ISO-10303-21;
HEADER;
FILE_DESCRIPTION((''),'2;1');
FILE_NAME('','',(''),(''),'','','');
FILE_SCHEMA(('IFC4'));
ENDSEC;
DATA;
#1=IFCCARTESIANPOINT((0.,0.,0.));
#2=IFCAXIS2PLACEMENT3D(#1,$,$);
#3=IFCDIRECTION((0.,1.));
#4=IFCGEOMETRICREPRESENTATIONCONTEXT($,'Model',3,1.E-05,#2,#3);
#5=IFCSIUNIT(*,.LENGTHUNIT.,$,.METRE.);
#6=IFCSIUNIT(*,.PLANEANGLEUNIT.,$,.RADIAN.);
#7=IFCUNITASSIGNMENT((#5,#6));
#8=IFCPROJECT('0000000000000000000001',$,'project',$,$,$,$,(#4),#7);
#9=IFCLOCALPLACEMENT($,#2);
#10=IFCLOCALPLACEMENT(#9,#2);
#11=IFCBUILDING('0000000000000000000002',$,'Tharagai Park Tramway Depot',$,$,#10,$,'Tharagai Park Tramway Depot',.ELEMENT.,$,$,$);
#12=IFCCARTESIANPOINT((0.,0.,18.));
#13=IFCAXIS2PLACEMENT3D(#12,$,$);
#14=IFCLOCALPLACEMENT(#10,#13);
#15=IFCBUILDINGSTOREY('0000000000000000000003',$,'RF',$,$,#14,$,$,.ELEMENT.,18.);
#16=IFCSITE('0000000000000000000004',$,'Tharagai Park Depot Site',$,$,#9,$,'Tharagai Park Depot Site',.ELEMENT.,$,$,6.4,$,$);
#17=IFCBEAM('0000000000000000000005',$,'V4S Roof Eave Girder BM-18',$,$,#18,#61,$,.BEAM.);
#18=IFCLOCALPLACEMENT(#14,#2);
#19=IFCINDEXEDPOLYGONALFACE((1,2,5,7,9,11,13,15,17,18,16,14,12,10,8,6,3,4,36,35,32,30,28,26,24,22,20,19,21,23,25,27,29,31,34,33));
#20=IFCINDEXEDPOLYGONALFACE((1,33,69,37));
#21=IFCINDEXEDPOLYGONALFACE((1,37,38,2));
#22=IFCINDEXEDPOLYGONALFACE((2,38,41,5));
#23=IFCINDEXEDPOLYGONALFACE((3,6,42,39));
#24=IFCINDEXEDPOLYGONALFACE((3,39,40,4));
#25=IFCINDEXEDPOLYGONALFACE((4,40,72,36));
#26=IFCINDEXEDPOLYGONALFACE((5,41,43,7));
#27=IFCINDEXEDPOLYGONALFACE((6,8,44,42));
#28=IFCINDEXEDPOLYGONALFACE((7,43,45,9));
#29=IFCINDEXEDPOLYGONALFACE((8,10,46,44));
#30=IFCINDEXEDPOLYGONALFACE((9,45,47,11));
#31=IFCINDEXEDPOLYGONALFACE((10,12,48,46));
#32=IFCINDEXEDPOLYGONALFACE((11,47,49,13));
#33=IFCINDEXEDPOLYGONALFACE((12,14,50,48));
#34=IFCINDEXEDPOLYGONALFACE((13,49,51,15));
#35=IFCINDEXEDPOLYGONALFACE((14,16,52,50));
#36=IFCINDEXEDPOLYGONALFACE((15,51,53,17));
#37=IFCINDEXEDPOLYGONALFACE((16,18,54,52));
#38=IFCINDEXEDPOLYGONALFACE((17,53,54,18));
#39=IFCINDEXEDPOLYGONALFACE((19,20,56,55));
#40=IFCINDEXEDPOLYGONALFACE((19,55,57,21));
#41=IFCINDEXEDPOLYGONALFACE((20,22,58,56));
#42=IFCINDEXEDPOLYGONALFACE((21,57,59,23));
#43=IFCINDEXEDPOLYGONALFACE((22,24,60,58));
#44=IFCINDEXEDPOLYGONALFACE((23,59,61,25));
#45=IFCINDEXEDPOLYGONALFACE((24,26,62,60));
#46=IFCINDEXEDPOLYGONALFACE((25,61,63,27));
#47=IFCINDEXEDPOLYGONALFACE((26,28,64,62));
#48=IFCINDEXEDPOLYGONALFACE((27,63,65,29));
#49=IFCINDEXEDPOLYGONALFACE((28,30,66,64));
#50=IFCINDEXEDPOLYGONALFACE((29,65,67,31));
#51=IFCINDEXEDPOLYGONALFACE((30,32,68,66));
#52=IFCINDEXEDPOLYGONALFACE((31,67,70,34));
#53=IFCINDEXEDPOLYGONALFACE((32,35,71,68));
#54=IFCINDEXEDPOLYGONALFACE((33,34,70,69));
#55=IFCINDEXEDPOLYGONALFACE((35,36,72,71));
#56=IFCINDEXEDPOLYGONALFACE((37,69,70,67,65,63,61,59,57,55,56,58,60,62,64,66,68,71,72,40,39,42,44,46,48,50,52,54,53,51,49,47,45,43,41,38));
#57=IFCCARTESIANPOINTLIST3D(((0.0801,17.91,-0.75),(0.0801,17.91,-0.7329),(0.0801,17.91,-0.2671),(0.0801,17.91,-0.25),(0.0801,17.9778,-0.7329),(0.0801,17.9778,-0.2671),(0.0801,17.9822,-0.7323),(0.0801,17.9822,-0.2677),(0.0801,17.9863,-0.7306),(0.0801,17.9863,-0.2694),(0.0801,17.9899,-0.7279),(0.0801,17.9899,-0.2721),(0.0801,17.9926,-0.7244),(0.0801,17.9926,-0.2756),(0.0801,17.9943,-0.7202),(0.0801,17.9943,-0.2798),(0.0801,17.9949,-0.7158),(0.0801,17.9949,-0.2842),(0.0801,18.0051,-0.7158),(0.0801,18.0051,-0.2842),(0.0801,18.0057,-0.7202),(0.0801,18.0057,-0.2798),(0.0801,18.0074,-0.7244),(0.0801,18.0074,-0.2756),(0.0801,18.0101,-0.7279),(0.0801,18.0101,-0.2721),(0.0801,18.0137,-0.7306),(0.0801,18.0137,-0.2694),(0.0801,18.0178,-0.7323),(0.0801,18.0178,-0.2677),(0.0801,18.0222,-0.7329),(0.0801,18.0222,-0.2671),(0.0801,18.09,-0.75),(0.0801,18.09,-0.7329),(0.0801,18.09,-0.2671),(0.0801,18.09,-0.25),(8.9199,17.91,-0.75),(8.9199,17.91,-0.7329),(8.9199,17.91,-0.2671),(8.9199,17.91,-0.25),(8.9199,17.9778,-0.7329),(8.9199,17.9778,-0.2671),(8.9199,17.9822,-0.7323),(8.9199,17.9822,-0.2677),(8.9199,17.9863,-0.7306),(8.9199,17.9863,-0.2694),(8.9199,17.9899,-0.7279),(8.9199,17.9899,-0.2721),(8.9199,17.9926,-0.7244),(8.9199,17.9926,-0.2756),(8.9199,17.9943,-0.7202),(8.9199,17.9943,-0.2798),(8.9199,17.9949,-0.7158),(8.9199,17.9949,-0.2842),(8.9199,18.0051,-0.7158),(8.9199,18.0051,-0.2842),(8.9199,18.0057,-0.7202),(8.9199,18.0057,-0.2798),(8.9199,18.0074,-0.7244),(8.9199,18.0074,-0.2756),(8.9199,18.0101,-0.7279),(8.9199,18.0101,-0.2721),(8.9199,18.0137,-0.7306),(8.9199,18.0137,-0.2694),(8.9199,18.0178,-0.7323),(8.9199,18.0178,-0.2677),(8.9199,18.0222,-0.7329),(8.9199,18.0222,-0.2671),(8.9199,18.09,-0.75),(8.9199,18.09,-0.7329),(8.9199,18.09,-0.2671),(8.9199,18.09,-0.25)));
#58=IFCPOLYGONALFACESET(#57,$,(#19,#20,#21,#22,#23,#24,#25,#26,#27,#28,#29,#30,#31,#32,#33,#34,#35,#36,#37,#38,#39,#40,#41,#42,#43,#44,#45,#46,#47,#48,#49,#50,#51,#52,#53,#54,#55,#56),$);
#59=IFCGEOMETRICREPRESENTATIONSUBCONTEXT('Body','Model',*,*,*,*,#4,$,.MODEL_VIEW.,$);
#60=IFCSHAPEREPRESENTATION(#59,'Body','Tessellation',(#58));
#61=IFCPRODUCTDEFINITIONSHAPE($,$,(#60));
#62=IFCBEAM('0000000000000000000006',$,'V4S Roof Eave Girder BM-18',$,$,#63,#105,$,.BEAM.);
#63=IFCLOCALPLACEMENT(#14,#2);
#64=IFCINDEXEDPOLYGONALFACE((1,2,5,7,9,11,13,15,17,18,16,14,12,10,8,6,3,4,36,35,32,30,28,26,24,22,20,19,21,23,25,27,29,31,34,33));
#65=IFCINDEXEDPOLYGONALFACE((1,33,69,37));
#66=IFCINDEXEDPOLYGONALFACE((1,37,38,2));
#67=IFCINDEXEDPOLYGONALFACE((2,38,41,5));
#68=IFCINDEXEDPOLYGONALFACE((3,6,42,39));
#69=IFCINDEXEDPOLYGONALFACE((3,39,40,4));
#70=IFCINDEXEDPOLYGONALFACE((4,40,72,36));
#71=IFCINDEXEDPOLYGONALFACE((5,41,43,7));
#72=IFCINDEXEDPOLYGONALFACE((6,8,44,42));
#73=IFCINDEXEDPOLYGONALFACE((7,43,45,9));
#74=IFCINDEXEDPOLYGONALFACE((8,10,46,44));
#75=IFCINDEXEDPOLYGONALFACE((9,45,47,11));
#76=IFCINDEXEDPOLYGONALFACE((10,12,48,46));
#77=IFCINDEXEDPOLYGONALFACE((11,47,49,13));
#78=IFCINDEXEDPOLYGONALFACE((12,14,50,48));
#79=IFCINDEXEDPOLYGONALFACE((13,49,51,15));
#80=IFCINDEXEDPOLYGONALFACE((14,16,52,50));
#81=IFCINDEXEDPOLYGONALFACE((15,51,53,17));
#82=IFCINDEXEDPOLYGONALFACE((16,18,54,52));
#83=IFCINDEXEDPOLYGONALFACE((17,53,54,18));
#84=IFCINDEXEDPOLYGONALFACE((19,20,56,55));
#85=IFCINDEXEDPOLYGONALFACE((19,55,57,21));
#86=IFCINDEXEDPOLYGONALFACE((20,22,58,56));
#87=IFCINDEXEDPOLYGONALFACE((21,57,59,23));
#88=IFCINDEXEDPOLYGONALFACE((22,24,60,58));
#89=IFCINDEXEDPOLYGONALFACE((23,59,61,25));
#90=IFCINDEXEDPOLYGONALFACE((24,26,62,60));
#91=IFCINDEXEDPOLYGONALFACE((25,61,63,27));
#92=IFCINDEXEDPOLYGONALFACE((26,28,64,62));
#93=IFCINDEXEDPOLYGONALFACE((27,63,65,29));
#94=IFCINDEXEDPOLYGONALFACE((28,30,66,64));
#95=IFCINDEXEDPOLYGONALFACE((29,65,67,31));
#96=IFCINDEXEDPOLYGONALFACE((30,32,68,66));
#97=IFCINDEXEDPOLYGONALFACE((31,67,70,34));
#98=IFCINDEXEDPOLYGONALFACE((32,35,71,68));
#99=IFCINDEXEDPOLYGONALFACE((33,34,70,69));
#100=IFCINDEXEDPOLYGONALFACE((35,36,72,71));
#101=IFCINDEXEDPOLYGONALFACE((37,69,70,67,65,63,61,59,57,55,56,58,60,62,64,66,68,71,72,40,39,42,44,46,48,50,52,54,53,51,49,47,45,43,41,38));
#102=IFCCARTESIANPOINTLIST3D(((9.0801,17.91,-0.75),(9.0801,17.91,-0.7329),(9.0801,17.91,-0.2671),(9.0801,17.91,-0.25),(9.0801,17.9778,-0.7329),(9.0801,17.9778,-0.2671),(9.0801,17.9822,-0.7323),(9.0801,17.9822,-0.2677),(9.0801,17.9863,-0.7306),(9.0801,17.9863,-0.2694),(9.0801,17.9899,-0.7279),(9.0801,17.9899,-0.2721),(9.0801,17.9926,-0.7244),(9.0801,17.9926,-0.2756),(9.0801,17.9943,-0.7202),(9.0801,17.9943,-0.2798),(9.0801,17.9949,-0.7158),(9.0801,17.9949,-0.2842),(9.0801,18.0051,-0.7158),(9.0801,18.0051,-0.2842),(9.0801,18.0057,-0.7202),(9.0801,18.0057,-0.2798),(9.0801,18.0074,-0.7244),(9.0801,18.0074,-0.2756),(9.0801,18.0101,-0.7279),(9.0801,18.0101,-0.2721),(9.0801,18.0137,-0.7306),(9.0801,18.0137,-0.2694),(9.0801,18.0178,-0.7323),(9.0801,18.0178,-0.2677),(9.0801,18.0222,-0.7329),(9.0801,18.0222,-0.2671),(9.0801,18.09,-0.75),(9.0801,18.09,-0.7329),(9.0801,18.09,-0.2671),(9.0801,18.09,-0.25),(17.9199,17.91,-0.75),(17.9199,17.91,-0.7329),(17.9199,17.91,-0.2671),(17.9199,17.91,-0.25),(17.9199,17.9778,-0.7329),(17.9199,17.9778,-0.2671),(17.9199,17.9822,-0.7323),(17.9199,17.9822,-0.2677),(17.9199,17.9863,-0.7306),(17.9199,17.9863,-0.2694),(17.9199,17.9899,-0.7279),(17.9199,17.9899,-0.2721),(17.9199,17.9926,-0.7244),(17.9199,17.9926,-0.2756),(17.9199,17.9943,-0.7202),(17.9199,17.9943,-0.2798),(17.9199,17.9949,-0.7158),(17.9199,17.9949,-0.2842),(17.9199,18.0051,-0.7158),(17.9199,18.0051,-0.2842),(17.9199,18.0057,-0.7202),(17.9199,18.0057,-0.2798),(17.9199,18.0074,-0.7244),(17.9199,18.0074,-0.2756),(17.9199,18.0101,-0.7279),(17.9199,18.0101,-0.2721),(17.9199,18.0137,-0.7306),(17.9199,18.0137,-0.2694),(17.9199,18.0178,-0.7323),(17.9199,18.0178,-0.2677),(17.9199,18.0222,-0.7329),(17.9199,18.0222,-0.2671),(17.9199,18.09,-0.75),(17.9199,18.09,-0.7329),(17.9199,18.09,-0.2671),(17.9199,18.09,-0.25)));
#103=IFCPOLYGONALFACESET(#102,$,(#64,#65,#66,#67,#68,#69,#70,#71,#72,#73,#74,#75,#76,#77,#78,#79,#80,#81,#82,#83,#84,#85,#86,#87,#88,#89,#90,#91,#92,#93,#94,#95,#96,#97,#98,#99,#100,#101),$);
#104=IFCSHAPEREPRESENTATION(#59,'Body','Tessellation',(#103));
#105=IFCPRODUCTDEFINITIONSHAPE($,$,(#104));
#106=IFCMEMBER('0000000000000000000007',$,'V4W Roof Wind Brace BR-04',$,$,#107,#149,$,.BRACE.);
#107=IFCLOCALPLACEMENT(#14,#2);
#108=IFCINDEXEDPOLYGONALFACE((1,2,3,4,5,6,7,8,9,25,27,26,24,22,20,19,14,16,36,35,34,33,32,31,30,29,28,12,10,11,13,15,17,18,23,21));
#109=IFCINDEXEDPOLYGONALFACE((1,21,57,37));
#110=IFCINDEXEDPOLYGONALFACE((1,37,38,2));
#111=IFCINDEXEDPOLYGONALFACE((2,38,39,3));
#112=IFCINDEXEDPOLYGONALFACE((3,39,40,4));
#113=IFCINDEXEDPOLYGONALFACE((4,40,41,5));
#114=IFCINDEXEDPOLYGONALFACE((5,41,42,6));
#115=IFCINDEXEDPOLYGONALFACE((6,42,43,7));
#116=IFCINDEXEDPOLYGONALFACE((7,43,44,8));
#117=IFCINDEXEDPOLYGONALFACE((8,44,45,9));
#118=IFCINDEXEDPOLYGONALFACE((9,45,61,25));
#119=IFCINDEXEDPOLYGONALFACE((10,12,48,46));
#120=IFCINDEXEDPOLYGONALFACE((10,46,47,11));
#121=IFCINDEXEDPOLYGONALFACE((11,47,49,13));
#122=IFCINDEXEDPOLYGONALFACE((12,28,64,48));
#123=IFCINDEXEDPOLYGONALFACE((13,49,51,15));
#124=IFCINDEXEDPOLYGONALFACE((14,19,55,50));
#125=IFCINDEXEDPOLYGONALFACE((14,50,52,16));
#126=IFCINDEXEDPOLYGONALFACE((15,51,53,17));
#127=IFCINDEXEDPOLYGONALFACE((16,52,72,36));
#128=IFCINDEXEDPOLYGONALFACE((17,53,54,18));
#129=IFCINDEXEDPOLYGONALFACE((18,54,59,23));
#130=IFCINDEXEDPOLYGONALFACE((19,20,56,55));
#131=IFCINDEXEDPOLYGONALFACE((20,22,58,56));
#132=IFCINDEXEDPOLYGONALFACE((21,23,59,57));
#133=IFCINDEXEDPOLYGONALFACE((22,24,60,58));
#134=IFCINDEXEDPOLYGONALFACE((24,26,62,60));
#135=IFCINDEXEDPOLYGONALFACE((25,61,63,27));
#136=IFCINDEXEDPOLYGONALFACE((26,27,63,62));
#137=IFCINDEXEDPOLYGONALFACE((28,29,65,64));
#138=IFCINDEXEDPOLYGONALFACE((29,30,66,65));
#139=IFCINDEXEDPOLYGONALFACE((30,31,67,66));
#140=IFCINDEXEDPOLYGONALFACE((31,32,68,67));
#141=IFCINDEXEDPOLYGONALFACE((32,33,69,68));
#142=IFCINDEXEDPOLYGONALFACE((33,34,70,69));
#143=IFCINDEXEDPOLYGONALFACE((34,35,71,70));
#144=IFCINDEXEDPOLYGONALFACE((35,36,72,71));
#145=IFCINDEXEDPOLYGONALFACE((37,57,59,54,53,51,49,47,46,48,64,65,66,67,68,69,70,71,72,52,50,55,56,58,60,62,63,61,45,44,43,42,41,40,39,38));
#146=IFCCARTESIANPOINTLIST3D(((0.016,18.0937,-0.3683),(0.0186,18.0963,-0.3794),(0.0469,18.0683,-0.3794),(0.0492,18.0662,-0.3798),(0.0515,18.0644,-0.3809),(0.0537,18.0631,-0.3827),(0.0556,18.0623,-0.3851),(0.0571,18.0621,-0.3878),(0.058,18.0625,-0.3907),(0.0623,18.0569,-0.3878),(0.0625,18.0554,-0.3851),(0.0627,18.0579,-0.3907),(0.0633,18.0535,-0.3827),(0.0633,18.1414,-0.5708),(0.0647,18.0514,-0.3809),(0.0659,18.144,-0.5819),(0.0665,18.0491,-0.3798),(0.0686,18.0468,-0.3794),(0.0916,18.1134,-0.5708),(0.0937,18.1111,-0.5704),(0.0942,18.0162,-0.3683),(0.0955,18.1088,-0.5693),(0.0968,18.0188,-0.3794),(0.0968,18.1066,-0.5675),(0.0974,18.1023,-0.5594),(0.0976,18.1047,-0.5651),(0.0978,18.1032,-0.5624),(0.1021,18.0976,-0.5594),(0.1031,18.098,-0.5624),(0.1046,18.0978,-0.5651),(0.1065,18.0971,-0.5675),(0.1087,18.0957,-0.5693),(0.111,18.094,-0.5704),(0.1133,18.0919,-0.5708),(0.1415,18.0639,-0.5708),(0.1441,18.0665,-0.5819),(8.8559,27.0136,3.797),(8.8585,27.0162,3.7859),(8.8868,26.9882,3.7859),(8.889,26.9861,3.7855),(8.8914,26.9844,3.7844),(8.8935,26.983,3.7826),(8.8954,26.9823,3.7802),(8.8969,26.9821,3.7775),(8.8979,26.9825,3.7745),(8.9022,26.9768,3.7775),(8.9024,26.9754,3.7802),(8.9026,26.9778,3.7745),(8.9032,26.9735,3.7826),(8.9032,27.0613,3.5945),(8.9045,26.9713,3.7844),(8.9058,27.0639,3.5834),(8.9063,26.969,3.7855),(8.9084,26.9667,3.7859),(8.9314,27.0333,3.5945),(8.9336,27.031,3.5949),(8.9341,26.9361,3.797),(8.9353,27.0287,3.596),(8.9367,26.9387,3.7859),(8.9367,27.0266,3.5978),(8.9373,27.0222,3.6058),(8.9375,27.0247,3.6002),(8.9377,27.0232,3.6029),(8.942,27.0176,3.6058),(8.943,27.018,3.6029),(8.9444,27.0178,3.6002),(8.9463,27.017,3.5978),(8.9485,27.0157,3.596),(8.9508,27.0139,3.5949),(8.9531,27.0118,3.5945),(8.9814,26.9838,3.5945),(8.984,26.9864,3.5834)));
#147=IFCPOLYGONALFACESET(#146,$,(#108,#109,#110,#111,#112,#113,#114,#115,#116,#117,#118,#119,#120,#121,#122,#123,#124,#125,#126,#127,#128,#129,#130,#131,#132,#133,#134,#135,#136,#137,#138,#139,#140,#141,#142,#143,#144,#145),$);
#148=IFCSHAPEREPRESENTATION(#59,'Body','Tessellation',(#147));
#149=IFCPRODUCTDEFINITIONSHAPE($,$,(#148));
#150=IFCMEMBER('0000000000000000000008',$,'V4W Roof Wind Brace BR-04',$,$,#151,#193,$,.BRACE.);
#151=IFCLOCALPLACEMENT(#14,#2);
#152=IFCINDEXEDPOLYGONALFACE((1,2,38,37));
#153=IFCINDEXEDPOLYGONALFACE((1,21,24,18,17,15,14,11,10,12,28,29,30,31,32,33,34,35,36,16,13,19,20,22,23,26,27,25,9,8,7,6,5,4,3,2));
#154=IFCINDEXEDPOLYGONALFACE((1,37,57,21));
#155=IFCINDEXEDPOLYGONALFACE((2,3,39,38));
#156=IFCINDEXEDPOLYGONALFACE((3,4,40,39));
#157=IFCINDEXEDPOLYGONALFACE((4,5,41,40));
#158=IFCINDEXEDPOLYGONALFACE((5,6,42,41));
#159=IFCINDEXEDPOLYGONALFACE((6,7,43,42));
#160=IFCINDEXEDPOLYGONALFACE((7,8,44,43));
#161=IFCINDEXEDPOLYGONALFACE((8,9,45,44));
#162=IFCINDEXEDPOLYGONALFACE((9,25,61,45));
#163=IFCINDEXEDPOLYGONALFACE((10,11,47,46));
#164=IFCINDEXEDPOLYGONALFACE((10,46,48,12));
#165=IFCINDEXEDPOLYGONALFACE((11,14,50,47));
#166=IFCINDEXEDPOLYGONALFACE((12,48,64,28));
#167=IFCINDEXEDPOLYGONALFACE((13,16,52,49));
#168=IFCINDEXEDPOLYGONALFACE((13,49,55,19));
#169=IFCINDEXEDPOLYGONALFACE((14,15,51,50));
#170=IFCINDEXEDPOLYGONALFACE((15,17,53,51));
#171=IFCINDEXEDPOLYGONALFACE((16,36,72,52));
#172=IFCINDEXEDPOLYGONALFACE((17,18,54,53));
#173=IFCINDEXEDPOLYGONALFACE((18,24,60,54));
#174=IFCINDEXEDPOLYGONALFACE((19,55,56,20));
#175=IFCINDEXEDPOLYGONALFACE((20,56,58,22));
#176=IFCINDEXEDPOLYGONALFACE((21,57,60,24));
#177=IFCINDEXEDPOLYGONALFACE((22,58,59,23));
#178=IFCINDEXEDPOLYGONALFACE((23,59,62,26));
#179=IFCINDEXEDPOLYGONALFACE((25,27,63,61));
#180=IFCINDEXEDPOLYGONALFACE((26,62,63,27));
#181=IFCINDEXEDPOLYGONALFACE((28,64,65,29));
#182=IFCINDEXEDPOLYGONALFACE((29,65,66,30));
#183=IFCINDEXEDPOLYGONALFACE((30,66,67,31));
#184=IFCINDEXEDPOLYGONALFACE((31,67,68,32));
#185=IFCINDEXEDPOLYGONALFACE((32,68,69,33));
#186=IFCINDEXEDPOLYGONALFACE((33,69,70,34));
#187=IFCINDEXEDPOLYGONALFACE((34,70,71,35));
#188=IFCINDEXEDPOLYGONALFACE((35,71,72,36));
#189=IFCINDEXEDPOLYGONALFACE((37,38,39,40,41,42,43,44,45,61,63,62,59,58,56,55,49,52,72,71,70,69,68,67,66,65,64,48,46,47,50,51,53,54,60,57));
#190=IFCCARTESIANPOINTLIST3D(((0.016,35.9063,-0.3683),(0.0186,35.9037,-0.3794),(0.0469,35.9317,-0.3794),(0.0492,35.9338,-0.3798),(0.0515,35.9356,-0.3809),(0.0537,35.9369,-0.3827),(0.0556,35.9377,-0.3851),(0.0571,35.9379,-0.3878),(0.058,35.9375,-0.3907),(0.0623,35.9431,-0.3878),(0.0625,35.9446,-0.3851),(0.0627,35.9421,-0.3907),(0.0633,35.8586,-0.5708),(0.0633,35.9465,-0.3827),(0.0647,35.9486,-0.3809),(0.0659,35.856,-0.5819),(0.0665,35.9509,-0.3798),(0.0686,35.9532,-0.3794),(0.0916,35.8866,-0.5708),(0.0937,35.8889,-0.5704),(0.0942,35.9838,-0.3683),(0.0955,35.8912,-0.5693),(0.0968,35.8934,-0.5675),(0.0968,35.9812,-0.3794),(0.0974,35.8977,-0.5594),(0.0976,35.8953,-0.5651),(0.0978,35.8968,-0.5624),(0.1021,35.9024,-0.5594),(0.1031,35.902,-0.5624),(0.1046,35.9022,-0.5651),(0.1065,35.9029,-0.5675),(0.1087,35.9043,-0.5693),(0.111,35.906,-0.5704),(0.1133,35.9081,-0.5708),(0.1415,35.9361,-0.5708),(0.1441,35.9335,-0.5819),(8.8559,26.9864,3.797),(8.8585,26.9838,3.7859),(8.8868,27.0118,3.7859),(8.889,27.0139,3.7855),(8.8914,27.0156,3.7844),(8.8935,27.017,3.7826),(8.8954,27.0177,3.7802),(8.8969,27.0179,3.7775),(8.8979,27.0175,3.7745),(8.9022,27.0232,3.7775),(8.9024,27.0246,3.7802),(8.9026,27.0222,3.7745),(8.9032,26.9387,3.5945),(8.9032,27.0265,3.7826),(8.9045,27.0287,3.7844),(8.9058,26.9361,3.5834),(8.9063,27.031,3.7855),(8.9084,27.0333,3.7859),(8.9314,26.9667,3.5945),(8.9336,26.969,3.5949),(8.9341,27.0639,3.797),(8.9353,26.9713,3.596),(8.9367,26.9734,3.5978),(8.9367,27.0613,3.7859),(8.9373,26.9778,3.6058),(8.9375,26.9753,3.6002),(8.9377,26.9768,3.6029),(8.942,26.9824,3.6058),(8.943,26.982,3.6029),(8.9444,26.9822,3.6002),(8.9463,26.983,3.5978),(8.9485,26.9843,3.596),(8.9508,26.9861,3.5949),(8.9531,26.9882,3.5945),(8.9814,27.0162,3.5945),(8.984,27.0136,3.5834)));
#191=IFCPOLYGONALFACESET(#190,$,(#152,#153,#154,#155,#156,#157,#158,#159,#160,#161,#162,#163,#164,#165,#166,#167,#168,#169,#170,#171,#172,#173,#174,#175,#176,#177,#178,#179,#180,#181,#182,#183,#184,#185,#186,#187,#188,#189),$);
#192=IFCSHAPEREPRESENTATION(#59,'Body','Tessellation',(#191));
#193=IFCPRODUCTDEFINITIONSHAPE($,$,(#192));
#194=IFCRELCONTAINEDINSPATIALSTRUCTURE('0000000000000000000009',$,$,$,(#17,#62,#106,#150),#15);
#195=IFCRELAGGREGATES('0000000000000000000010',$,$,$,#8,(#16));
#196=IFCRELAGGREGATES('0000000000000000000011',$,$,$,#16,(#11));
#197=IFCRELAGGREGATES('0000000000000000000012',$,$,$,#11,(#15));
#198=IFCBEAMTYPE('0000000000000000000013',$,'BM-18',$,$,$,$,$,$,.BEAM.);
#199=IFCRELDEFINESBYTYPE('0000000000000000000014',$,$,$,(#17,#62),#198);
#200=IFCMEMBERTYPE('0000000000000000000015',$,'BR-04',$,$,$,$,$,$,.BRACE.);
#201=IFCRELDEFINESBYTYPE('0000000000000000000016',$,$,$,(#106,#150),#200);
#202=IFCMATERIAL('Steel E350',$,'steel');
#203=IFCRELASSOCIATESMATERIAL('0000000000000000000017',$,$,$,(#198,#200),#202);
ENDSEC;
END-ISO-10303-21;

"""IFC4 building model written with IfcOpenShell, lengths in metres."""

from ifc_helpers import new_model, si_unit, direction, frame, origin, origin_2d, place, context, subcontext, project, spatial, i_section, extrude, material, material_profile, profile_set, type_object, element, save


model = new_model("IFC4")

# Units and contexts
model_context = context("Model", 3, precision=1e-05, world=origin(), true_north=direction((0.0, 1.0)))
body_context = subcontext(model_context, "Body", "Model", "MODEL_VIEW")
ifc_project = project(units=[si_unit("LENGTHUNIT", "METRE"), si_unit("PLANEANGLEUNIT", "RADIAN")], contexts=[model_context])

# Site, building, storey
site_placement = place(None, origin())
site = spatial("IfcSite", under=ifc_project, at=site_placement, Name="Tharagai Park Depot Site", LongName="Tharagai Park Depot Site", CompositionType="ELEMENT", RefElevation=6.4)
building_placement = place(site_placement, origin())
building = spatial("IfcBuilding", under=site, at=building_placement, Name="Tharagai Park Tramway Depot", LongName="Tharagai Park Tramway Depot", CompositionType="ELEMENT")
storey_placement = place(building_placement, frame((0.0, 0.0, 18.0)))
storey = spatial("IfcBuildingStorey", under=building, at=storey_placement, Name="RF", CompositionType="ELEMENT", Elevation=18.0)

# Beams
ifc_material_1 = material(Name="Steel E350", Category="steel")
ifc_material_profile_1 = material_profile(ifc_material_1, i_section(OverallWidth=0.1799, OverallDepth=0.5, WebThickness=0.0103, FlangeThickness=0.0171, FilletRadius=0.0171, at=origin_2d()), Name="ISMB 500")
ifc_profile_set_1 = profile_set([ifc_material_profile_1], Name="Steel E350")
beam_type_1 = type_object("IfcBeamType", Name="BM-18", PredefinedType="BEAM", material=ifc_profile_set_1)
for number, where, z_axis, x_axis, name in (
    (1, (0.0801, 18.0, -0.5), (1.0, 0.0, 0.0), (0.0, 1.0, 0.0), "V4S Roof Eave Girder BM-18"),
    (2, (9.0801, 18.0, -0.5), (1.0, 0.0, 0.0), (0.0, 1.0, 0.0), "V4S Roof Eave Girder BM-18"),
):
    element("IfcBeam", number, at=place(storey_placement, frame(where, z_axis=z_axis, x_axis=x_axis)), inside=storey, type_object=beam_type_1, Name=name, PredefinedType="BEAM", context=body_context, shape_type="SweptSolid", body=[
        extrude(i_section(OverallWidth=0.1799, OverallDepth=0.5, WebThickness=0.0103, FlangeThickness=0.0171, FilletRadius=0.0171, at=origin_2d()), origin(), (0.0, 0.0, 1.0), 8.8398),
    ])

# Members
ifc_material_profile_2 = material_profile(ifc_material_1, i_section(OverallWidth=0.1101, OverallDepth=0.2251, WebThickness=0.0066, FlangeThickness=0.0117, FilletRadius=0.012, at=origin_2d()), Name="ISMB 225")
ifc_profile_set_2 = profile_set([ifc_material_profile_2], Name="Steel E350")
member_type_1 = type_object("IfcMemberType", Name="BR-04", PredefinedType="BRACE", material=ifc_profile_set_2)
for number, where, z_axis, x_axis, name in (
    (3, (0.0801, 18.0801, -0.4751), (0.66812, 0.674172, 0.314814), (-0.710288, 0.703911, 0.0), "V4W Roof Wind Brace BR-04"),
    (4, (0.0801, 35.9199, -0.4751), (0.66812, -0.674172, 0.314814), (0.710288, 0.703911, 0.0), "V4W Roof Wind Brace BR-04"),
):
    element("IfcMember", number, at=place(storey_placement, frame(where, z_axis=z_axis, x_axis=x_axis)), inside=storey, type_object=member_type_1, Name=name, PredefinedType="BRACE", context=body_context, shape_type="SweptSolid", body=[
        extrude(i_section(OverallWidth=0.1101, OverallDepth=0.2251, WebThickness=0.0066, FlangeThickness=0.0117, FilletRadius=0.012, at=origin_2d()), origin(), (0.0, 0.0, 1.0), 13.231),
    ])

save(model, "model.ifc")
